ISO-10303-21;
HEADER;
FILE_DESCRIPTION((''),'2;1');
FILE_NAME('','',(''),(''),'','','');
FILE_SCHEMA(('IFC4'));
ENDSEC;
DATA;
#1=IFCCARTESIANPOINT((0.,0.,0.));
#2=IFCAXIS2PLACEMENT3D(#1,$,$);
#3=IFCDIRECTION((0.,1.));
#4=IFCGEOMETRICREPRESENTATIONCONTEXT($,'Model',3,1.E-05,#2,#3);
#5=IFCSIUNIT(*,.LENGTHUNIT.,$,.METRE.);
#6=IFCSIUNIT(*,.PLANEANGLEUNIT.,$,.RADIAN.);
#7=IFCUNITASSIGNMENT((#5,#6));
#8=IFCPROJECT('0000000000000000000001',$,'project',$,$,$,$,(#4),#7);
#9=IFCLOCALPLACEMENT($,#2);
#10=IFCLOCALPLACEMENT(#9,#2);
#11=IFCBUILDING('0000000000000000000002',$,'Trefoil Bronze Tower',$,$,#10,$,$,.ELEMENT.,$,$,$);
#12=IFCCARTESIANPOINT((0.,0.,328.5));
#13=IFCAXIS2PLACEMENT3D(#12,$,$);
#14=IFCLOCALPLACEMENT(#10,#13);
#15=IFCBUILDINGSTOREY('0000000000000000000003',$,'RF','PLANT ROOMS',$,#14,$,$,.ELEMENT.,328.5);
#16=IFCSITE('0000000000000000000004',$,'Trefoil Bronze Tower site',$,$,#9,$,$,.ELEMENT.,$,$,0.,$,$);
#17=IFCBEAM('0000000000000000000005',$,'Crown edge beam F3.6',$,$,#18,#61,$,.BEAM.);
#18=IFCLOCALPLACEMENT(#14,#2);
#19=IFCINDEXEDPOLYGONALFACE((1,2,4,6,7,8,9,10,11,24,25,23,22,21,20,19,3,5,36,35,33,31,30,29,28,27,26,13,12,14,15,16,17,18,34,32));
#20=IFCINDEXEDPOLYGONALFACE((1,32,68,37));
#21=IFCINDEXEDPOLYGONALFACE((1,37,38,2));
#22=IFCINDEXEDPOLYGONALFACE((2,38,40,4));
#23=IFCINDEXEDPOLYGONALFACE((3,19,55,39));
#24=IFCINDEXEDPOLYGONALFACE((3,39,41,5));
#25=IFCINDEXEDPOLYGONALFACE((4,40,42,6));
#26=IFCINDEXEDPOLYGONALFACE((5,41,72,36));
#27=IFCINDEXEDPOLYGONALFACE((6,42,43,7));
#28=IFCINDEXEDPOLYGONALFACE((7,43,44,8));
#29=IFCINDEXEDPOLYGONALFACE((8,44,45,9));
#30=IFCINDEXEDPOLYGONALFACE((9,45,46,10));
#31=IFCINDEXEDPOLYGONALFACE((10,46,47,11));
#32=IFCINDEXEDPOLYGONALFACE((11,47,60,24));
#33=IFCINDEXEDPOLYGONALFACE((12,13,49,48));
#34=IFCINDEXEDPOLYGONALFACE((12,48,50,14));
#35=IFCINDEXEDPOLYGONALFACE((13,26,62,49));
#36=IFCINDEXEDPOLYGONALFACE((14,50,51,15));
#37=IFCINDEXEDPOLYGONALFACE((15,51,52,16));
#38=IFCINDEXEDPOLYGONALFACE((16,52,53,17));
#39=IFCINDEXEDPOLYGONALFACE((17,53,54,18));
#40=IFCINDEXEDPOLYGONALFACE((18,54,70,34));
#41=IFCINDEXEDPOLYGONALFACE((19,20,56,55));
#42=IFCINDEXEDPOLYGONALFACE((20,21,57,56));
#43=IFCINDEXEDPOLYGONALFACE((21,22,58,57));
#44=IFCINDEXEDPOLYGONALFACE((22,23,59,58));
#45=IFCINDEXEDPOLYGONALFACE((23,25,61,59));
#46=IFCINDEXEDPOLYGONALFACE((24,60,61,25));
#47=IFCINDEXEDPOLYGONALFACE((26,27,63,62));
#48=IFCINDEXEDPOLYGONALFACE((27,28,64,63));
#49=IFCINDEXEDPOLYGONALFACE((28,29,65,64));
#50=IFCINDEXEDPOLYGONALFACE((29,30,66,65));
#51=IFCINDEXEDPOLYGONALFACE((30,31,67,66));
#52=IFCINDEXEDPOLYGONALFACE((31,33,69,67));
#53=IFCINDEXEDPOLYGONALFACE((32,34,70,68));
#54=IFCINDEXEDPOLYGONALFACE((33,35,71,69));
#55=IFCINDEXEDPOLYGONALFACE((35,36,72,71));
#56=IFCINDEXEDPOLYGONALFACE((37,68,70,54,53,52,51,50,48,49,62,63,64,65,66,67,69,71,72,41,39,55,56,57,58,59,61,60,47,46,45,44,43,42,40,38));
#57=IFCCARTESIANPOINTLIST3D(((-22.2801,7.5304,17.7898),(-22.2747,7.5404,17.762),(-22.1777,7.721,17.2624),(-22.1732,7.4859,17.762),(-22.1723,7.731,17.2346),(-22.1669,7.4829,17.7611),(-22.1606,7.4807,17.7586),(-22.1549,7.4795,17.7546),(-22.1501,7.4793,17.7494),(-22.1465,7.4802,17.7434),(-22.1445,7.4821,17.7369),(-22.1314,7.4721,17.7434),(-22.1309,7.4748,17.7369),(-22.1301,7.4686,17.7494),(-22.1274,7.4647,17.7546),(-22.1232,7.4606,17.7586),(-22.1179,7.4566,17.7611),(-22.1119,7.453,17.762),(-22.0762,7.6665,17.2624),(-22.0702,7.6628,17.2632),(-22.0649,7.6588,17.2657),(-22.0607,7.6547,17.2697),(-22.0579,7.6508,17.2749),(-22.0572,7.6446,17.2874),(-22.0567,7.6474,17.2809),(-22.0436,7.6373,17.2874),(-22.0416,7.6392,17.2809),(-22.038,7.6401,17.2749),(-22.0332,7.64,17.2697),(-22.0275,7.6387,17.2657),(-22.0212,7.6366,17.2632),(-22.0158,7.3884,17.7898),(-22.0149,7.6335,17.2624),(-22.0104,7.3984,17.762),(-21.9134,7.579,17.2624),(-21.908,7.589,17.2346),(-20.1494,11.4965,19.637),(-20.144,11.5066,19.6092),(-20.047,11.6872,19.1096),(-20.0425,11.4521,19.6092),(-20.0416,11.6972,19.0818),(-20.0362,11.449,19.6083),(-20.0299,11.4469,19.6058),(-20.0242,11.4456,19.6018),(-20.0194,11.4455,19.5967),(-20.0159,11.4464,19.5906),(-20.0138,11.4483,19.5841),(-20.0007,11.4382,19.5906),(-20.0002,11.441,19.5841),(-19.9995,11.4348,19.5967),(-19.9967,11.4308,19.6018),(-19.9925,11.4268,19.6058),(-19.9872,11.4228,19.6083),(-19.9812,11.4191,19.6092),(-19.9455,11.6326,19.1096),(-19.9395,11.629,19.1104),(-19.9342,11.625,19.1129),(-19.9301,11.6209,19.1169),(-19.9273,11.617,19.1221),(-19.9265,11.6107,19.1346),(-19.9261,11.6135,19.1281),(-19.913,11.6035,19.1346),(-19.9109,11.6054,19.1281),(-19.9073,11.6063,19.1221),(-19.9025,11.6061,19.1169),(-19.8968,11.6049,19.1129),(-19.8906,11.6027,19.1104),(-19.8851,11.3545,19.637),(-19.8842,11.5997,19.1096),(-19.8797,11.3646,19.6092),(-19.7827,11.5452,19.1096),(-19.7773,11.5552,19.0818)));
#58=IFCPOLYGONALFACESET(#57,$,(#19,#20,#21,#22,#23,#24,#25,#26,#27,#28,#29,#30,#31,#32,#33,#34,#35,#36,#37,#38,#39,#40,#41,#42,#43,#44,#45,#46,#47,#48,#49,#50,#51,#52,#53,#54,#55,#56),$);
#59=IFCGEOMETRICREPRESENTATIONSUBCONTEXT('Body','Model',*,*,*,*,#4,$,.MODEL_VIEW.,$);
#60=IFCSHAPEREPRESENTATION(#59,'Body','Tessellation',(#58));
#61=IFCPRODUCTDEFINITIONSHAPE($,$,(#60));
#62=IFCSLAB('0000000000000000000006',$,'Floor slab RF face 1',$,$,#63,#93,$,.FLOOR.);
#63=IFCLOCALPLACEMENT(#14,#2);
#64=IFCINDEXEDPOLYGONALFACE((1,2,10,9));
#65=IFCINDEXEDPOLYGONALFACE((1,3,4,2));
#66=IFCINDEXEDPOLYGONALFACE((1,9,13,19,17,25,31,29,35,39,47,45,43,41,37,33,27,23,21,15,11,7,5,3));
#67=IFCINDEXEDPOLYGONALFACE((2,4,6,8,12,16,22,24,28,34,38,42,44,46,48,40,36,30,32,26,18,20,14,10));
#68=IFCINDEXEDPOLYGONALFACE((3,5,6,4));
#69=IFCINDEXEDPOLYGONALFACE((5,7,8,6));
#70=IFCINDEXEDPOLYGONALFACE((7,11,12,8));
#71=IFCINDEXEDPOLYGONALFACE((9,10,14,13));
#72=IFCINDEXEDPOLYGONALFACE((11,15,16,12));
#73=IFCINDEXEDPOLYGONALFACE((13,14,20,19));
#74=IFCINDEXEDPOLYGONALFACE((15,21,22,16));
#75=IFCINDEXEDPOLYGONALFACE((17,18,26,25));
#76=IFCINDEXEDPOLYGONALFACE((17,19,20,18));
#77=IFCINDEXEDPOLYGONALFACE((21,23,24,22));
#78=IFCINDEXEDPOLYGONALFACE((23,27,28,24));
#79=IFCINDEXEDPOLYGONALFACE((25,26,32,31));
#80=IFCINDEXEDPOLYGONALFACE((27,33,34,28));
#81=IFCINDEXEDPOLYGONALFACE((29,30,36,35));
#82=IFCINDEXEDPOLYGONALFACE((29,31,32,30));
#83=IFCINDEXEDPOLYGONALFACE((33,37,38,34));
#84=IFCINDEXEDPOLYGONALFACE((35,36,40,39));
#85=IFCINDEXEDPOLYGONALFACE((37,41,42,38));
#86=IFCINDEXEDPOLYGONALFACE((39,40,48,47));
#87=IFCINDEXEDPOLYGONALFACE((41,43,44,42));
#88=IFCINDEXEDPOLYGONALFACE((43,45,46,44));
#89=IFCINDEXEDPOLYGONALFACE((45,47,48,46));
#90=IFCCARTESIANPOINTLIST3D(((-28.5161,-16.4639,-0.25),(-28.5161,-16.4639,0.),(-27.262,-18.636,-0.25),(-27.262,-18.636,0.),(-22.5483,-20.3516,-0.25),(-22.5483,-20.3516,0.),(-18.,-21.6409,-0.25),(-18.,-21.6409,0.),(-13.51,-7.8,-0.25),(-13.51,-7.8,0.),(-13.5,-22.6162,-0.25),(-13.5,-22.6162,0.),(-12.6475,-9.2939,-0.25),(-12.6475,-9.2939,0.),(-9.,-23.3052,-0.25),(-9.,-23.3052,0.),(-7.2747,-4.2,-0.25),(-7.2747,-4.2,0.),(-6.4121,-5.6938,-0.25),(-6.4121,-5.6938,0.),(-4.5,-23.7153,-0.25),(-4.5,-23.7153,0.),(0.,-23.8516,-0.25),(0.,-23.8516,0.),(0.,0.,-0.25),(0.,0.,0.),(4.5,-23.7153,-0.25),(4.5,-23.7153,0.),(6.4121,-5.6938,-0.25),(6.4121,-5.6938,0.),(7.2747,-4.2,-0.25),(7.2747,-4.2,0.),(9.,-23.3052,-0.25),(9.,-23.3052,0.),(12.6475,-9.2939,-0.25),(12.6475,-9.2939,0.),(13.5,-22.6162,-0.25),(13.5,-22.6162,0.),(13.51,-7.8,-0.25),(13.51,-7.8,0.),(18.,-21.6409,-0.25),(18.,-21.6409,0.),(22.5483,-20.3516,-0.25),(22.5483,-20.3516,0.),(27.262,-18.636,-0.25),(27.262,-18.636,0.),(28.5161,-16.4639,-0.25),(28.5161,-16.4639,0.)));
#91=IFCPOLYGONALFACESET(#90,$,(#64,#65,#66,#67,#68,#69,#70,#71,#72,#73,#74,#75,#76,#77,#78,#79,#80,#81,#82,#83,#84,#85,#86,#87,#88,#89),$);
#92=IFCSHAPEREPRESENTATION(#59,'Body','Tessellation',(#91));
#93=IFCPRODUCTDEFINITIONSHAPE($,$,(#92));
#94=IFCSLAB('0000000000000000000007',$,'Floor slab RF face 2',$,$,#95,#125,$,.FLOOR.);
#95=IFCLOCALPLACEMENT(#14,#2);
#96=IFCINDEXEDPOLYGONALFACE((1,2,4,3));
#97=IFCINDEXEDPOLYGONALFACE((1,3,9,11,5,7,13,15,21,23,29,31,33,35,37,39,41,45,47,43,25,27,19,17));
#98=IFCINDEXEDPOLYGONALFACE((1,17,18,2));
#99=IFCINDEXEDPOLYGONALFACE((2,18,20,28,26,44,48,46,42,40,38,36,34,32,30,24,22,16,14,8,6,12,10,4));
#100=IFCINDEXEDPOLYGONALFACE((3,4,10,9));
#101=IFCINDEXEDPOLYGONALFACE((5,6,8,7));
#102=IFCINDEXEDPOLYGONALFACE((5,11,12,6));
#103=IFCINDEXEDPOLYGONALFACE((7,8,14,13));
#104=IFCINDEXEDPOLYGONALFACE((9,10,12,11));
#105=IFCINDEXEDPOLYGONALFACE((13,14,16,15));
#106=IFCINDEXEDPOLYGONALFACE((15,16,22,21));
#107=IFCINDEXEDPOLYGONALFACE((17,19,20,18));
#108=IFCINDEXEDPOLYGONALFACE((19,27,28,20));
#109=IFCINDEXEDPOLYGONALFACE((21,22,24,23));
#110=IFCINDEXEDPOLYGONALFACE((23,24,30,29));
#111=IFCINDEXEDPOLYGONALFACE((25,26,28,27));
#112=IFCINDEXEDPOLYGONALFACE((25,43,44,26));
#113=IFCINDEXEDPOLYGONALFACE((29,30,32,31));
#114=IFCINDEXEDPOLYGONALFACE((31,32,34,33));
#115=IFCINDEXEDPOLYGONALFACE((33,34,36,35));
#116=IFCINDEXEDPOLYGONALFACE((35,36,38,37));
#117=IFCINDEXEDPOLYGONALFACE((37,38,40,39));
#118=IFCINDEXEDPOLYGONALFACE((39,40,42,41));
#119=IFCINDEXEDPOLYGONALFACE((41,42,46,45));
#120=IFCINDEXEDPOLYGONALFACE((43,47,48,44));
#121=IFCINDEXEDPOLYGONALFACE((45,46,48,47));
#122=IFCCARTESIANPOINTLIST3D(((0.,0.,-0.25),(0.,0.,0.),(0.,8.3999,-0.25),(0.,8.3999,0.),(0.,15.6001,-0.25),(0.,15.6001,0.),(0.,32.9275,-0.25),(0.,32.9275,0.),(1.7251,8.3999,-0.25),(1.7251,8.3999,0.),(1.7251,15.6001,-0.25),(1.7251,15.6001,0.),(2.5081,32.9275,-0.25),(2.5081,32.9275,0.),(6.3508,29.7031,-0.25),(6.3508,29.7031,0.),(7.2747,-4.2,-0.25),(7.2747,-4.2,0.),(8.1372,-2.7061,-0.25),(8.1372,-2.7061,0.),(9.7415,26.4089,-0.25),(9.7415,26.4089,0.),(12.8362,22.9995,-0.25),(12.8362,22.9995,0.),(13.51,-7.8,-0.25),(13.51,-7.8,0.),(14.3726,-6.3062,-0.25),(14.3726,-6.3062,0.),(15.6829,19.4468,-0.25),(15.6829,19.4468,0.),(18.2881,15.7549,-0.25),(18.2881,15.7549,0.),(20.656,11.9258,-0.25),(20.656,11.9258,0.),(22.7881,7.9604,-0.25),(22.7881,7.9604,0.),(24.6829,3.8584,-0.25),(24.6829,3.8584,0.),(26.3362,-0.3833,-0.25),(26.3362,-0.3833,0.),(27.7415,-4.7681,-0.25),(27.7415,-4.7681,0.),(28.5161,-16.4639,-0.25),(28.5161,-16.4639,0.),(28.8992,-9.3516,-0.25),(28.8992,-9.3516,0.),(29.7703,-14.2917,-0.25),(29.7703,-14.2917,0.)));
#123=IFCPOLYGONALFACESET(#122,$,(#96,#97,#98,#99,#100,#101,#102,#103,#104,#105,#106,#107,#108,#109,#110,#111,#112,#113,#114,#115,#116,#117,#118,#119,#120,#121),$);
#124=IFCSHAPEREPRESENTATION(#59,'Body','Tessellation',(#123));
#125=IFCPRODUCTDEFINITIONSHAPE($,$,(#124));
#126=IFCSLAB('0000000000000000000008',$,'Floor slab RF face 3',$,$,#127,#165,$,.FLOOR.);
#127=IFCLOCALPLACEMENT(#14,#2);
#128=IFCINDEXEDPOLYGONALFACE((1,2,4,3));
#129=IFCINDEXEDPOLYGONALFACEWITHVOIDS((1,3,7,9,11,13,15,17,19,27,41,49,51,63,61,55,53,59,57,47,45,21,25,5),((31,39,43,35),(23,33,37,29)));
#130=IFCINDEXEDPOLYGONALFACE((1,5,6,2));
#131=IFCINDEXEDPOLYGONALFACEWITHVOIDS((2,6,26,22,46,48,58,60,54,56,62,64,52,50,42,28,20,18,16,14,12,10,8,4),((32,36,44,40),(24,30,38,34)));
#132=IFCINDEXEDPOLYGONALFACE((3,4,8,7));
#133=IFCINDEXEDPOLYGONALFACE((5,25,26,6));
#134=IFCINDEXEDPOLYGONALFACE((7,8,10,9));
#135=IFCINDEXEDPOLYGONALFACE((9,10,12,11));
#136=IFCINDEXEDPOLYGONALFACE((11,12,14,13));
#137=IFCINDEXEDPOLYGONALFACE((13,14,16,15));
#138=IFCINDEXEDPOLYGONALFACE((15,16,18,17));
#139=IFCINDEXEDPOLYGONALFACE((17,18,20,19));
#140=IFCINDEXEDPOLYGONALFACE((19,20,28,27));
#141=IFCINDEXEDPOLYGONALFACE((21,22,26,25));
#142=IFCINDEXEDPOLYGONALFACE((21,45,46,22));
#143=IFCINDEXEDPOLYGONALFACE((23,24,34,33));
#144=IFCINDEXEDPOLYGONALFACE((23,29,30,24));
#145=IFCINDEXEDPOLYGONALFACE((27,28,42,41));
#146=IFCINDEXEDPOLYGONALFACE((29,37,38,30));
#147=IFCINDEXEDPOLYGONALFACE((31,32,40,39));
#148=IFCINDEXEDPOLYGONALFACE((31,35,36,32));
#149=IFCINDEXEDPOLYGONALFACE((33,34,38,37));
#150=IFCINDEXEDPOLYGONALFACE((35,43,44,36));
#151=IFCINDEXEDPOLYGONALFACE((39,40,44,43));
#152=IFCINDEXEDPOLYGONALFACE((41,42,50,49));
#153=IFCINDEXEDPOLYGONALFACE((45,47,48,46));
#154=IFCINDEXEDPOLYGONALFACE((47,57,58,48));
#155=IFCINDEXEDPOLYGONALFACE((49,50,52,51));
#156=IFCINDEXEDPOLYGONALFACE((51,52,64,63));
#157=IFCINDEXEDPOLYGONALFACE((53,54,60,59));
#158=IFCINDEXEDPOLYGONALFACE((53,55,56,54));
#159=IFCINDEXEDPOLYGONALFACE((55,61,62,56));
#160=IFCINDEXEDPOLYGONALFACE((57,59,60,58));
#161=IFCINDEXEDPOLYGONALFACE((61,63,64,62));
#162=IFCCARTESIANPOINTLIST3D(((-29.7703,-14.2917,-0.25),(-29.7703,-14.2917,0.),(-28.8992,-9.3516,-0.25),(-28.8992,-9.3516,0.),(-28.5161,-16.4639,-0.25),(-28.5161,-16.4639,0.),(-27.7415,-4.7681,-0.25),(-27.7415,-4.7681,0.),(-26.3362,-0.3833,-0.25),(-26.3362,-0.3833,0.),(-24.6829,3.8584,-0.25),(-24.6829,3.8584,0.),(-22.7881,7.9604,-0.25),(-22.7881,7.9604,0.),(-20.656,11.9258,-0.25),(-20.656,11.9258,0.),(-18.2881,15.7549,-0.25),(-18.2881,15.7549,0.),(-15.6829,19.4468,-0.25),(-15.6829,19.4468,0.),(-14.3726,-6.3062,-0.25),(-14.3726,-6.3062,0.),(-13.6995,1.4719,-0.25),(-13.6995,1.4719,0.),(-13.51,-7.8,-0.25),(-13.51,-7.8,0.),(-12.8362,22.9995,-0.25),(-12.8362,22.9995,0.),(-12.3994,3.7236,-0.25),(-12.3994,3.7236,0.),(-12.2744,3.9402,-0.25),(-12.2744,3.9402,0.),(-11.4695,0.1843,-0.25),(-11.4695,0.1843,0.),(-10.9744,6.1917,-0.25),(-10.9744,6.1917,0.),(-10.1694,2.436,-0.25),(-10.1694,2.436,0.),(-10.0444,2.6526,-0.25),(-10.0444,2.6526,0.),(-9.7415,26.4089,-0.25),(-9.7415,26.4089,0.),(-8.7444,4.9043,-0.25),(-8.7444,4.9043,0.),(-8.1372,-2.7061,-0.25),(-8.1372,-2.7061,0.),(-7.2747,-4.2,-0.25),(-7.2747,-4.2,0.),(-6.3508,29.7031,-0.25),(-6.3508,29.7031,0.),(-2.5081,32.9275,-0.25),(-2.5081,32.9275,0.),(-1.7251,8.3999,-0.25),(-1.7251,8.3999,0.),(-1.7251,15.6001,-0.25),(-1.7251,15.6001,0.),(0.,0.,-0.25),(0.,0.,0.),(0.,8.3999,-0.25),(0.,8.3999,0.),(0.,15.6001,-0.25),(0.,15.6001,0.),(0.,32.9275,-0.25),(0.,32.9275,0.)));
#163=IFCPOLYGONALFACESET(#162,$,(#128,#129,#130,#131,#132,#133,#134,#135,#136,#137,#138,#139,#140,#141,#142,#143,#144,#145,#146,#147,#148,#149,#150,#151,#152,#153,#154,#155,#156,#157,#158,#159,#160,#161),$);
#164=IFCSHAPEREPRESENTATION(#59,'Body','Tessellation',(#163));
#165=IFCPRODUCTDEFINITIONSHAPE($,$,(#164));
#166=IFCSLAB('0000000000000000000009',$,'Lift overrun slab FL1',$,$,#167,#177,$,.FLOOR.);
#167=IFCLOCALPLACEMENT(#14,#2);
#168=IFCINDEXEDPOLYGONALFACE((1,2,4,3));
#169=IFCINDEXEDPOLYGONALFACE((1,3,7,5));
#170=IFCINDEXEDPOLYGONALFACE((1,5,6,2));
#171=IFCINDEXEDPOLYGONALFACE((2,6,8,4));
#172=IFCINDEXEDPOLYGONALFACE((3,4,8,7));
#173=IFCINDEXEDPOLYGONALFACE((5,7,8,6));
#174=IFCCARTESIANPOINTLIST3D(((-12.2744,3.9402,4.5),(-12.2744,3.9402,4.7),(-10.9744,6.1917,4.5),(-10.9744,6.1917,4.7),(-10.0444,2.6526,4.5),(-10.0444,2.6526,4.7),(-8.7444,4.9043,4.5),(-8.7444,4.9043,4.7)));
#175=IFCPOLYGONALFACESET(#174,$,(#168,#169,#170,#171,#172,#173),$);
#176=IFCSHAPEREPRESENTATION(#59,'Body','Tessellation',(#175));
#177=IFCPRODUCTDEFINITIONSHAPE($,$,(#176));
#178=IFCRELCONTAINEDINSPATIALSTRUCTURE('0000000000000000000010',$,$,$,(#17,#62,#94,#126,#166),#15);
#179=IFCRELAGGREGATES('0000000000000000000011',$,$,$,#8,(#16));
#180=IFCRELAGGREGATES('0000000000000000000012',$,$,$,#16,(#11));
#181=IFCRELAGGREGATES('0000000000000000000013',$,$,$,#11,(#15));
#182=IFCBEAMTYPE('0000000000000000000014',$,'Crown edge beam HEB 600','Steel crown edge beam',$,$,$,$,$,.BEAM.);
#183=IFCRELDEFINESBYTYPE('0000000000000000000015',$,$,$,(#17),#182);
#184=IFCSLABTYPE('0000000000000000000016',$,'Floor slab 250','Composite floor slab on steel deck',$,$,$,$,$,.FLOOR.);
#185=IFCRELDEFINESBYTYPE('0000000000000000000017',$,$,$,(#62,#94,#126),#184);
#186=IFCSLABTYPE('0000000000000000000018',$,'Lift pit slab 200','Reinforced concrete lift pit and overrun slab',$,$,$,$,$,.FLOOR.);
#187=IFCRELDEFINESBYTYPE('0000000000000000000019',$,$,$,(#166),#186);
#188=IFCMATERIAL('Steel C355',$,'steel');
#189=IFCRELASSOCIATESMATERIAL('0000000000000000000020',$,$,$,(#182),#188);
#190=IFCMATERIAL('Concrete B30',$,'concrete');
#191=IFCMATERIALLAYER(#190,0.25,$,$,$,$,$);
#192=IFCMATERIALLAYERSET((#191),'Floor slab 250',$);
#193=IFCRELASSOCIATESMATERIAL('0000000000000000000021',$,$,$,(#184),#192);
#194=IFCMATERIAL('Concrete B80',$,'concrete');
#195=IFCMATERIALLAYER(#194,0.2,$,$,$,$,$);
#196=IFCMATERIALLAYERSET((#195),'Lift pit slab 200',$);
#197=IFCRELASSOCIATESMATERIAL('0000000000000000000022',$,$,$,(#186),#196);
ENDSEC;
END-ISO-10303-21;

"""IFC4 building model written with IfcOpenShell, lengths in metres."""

from ifc_helpers import new_model, si_unit, direction, frame, origin, origin_2d, place, context, subcontext, project, spatial, polyline, i_section, outline, extrude, material, layer, layer_set, material_profile, profile_set, type_object, element, save


model = new_model("IFC4")

# Units and contexts
model_context = context("Model", 3, precision=1e-05, world=origin(), true_north=direction((0.0, 1.0)))
body_context = subcontext(model_context, "Body", "Model", "MODEL_VIEW")
ifc_project = project(units=[si_unit("LENGTHUNIT", "METRE"), si_unit("PLANEANGLEUNIT", "RADIAN")], contexts=[model_context])

# Site, building, storey
site_placement = place(None, origin())
site = spatial("IfcSite", under=ifc_project, at=site_placement, Name="Trefoil Bronze Tower site", CompositionType="ELEMENT", RefElevation=0.0)
building_placement = place(site_placement, origin())
building = spatial("IfcBuilding", under=site, at=building_placement, Name="Trefoil Bronze Tower", CompositionType="ELEMENT")
storey_placement = place(building_placement, frame((0.0, 0.0, 328.5)))
storey = spatial("IfcBuildingStorey", under=building, at=storey_placement, Name="RF", Description="PLANT ROOMS", CompositionType="ELEMENT", Elevation=328.5)

# Beam
ifc_material_1 = material(Name="Steel C355", Category="steel")
ifc_material_profile_1 = material_profile(ifc_material_1, i_section(OverallWidth=0.3, OverallDepth=0.6001, WebThickness=0.0154, FlangeThickness=0.03, FilletRadius=0.0271, at=origin_2d()), Name="HEB 600")
ifc_profile_set_1 = profile_set([ifc_material_profile_1], Name="Steel C355")
beam_type_1 = type_object("IfcBeamType", Name="Crown edge beam HEB 600", Description="Steel crown edge beam", PredefinedType="BEAM", material=ifc_profile_set_1)
beam_placement = place(storey_placement, frame((-19.9634, 11.5259, 19.3594), z_axis=(-0.437827, -0.815, -0.379581), x_axis=(0.88093, -0.473246, 0.0)))
element("IfcBeam", 1, at=beam_placement, inside=storey, type_object=beam_type_1, Name="Crown edge beam F3.6", PredefinedType="BEAM", context=body_context, shape_type="SweptSolid", body=[
    extrude(i_section(OverallWidth=0.3, OverallDepth=0.6001, WebThickness=0.0154, FlangeThickness=0.03, FilletRadius=0.0271, at=origin_2d()), origin(), (0.0, 0.0, 1.0), 4.8665),
])

# Slabs
ifc_material_2 = material(Name="Concrete B30", Category="concrete")
ifc_layer_1 = layer(ifc_material_2, 0.25)
ifc_layer_set_1 = layer_set([ifc_layer_1], Name="Floor slab 250")
slab_type_1 = type_object("IfcSlabType", Name="Floor slab 250", Description="Composite floor slab on steel deck", PredefinedType="FLOOR", material=ifc_layer_set_1)
slab_1_placement = place(storey_placement, frame((0.0, 0.0, -0.25)))
element("IfcSlab", 2, at=slab_1_placement, inside=storey, type_object=slab_type_1, Name="Floor slab RF face 1", PredefinedType="FLOOR", context=body_context, shape_type="SweptSolid", body=[
    extrude(outline(polyline([(13.5, -22.6162), (9.0, -23.3052), (4.5, -23.7153), (0.0, -23.8516), (-4.5, -23.7153), (-9.0, -23.3052), (-13.5, -22.6162), (-18.0, -21.6409), (-22.5483, -20.3516), (-27.262, -18.636), (-28.5161, -16.4639), (-13.51, -7.8), (-12.6475, -9.2939), (-6.4121, -5.6938), (-7.2747, -4.2), (0.0, 0.0), (7.2747, -4.2), (6.4121, -5.6938), (12.6475, -9.2939), (13.51, -7.8), (28.5161, -16.4639), (27.262, -18.636), (22.5483, -20.3516), (18.0, -21.6409), (13.5, -22.6162)])), origin(), (0.0, 0.0, 1.0), 0.25),
])
slab_2_placement = place(storey_placement, frame((0.0, 0.0, -0.25)))
element("IfcSlab", 3, at=slab_2_placement, inside=storey, type_object=slab_type_1, Name="Floor slab RF face 2", PredefinedType="FLOOR", context=body_context, shape_type="SweptSolid", body=[
    extrude(outline(polyline([(12.8362, 22.9995), (15.6829, 19.4468), (18.2881, 15.7549), (20.656, 11.9258), (22.7881, 7.9604), (24.6829, 3.8584), (26.3362, -0.3833), (27.7415, -4.7681), (28.8992, -9.3516), (29.7703, -14.2917), (28.5161, -16.4639), (13.51, -7.8), (14.3726, -6.3062), (8.1372, -2.7061), (7.2747, -4.2), (0.0, 0.0), (0.0, 8.3999), (1.7251, 8.3999), (1.7251, 15.6001), (0.0, 15.6001), (0.0, 32.9275), (2.5081, 32.9275), (6.3508, 29.7031), (9.7415, 26.4089), (12.8362, 22.9995)])), origin(), (0.0, 0.0, 1.0), 0.25),
])
slab_3_placement = place(storey_placement, frame((0.0, 0.0, -0.25)))
element("IfcSlab", 4, at=slab_3_placement, inside=storey, type_object=slab_type_1, Name="Floor slab RF face 3", PredefinedType="FLOOR", context=body_context, shape_type="SweptSolid", body=[
    extrude(outline(polyline([(-26.3362, -0.3833), (-24.6829, 3.8584), (-22.7881, 7.9604), (-20.656, 11.9258), (-18.2881, 15.7549), (-15.6829, 19.4468), (-12.8362, 22.9995), (-9.7415, 26.4089), (-6.3508, 29.7031), (-2.5081, 32.9275), (0.0, 32.9275), (0.0, 15.6001), (-1.7251, 15.6001), (-1.7251, 8.3999), (0.0, 8.3999), (0.0, 0.0), (-7.2747, -4.2), (-8.1372, -2.7061), (-14.3726, -6.3062), (-13.51, -7.8), (-28.5161, -16.4639), (-29.7703, -14.2917), (-28.8992, -9.3516), (-27.7415, -4.7681), (-26.3362, -0.3833)]), holes=[polyline([(-8.7444, 4.9043), (-10.0444, 2.6526), (-12.2744, 3.9402), (-10.9744, 6.1917), (-8.7444, 4.9043)]), polyline([(-10.1694, 2.436), (-11.4695, 0.1843), (-13.6995, 1.4719), (-12.3994, 3.7236), (-10.1694, 2.436)])]), origin(), (0.0, 0.0, 1.0), 0.25),
])
ifc_material_3 = material(Name="Concrete B80", Category="concrete")
ifc_layer_2 = layer(ifc_material_3, 0.2)
ifc_layer_set_2 = layer_set([ifc_layer_2], Name="Lift pit slab 200")
slab_type_2 = type_object("IfcSlabType", Name="Lift pit slab 200", Description="Reinforced concrete lift pit and overrun slab", PredefinedType="FLOOR", material=ifc_layer_set_2)
slab_4_placement = place(storey_placement, frame((0.0, 0.0, 4.5)))
element("IfcSlab", 5, at=slab_4_placement, inside=storey, type_object=slab_type_2, Name="Lift overrun slab FL1", PredefinedType="FLOOR", context=body_context, shape_type="SweptSolid", body=[
    extrude(outline(polyline([(-8.7444, 4.9043), (-10.0444, 2.6526), (-12.2744, 3.9402), (-10.9744, 6.1917), (-8.7444, 4.9043)])), origin(), (0.0, 0.0, 1.0), 0.2),
])

save(model, "model.ifc")
